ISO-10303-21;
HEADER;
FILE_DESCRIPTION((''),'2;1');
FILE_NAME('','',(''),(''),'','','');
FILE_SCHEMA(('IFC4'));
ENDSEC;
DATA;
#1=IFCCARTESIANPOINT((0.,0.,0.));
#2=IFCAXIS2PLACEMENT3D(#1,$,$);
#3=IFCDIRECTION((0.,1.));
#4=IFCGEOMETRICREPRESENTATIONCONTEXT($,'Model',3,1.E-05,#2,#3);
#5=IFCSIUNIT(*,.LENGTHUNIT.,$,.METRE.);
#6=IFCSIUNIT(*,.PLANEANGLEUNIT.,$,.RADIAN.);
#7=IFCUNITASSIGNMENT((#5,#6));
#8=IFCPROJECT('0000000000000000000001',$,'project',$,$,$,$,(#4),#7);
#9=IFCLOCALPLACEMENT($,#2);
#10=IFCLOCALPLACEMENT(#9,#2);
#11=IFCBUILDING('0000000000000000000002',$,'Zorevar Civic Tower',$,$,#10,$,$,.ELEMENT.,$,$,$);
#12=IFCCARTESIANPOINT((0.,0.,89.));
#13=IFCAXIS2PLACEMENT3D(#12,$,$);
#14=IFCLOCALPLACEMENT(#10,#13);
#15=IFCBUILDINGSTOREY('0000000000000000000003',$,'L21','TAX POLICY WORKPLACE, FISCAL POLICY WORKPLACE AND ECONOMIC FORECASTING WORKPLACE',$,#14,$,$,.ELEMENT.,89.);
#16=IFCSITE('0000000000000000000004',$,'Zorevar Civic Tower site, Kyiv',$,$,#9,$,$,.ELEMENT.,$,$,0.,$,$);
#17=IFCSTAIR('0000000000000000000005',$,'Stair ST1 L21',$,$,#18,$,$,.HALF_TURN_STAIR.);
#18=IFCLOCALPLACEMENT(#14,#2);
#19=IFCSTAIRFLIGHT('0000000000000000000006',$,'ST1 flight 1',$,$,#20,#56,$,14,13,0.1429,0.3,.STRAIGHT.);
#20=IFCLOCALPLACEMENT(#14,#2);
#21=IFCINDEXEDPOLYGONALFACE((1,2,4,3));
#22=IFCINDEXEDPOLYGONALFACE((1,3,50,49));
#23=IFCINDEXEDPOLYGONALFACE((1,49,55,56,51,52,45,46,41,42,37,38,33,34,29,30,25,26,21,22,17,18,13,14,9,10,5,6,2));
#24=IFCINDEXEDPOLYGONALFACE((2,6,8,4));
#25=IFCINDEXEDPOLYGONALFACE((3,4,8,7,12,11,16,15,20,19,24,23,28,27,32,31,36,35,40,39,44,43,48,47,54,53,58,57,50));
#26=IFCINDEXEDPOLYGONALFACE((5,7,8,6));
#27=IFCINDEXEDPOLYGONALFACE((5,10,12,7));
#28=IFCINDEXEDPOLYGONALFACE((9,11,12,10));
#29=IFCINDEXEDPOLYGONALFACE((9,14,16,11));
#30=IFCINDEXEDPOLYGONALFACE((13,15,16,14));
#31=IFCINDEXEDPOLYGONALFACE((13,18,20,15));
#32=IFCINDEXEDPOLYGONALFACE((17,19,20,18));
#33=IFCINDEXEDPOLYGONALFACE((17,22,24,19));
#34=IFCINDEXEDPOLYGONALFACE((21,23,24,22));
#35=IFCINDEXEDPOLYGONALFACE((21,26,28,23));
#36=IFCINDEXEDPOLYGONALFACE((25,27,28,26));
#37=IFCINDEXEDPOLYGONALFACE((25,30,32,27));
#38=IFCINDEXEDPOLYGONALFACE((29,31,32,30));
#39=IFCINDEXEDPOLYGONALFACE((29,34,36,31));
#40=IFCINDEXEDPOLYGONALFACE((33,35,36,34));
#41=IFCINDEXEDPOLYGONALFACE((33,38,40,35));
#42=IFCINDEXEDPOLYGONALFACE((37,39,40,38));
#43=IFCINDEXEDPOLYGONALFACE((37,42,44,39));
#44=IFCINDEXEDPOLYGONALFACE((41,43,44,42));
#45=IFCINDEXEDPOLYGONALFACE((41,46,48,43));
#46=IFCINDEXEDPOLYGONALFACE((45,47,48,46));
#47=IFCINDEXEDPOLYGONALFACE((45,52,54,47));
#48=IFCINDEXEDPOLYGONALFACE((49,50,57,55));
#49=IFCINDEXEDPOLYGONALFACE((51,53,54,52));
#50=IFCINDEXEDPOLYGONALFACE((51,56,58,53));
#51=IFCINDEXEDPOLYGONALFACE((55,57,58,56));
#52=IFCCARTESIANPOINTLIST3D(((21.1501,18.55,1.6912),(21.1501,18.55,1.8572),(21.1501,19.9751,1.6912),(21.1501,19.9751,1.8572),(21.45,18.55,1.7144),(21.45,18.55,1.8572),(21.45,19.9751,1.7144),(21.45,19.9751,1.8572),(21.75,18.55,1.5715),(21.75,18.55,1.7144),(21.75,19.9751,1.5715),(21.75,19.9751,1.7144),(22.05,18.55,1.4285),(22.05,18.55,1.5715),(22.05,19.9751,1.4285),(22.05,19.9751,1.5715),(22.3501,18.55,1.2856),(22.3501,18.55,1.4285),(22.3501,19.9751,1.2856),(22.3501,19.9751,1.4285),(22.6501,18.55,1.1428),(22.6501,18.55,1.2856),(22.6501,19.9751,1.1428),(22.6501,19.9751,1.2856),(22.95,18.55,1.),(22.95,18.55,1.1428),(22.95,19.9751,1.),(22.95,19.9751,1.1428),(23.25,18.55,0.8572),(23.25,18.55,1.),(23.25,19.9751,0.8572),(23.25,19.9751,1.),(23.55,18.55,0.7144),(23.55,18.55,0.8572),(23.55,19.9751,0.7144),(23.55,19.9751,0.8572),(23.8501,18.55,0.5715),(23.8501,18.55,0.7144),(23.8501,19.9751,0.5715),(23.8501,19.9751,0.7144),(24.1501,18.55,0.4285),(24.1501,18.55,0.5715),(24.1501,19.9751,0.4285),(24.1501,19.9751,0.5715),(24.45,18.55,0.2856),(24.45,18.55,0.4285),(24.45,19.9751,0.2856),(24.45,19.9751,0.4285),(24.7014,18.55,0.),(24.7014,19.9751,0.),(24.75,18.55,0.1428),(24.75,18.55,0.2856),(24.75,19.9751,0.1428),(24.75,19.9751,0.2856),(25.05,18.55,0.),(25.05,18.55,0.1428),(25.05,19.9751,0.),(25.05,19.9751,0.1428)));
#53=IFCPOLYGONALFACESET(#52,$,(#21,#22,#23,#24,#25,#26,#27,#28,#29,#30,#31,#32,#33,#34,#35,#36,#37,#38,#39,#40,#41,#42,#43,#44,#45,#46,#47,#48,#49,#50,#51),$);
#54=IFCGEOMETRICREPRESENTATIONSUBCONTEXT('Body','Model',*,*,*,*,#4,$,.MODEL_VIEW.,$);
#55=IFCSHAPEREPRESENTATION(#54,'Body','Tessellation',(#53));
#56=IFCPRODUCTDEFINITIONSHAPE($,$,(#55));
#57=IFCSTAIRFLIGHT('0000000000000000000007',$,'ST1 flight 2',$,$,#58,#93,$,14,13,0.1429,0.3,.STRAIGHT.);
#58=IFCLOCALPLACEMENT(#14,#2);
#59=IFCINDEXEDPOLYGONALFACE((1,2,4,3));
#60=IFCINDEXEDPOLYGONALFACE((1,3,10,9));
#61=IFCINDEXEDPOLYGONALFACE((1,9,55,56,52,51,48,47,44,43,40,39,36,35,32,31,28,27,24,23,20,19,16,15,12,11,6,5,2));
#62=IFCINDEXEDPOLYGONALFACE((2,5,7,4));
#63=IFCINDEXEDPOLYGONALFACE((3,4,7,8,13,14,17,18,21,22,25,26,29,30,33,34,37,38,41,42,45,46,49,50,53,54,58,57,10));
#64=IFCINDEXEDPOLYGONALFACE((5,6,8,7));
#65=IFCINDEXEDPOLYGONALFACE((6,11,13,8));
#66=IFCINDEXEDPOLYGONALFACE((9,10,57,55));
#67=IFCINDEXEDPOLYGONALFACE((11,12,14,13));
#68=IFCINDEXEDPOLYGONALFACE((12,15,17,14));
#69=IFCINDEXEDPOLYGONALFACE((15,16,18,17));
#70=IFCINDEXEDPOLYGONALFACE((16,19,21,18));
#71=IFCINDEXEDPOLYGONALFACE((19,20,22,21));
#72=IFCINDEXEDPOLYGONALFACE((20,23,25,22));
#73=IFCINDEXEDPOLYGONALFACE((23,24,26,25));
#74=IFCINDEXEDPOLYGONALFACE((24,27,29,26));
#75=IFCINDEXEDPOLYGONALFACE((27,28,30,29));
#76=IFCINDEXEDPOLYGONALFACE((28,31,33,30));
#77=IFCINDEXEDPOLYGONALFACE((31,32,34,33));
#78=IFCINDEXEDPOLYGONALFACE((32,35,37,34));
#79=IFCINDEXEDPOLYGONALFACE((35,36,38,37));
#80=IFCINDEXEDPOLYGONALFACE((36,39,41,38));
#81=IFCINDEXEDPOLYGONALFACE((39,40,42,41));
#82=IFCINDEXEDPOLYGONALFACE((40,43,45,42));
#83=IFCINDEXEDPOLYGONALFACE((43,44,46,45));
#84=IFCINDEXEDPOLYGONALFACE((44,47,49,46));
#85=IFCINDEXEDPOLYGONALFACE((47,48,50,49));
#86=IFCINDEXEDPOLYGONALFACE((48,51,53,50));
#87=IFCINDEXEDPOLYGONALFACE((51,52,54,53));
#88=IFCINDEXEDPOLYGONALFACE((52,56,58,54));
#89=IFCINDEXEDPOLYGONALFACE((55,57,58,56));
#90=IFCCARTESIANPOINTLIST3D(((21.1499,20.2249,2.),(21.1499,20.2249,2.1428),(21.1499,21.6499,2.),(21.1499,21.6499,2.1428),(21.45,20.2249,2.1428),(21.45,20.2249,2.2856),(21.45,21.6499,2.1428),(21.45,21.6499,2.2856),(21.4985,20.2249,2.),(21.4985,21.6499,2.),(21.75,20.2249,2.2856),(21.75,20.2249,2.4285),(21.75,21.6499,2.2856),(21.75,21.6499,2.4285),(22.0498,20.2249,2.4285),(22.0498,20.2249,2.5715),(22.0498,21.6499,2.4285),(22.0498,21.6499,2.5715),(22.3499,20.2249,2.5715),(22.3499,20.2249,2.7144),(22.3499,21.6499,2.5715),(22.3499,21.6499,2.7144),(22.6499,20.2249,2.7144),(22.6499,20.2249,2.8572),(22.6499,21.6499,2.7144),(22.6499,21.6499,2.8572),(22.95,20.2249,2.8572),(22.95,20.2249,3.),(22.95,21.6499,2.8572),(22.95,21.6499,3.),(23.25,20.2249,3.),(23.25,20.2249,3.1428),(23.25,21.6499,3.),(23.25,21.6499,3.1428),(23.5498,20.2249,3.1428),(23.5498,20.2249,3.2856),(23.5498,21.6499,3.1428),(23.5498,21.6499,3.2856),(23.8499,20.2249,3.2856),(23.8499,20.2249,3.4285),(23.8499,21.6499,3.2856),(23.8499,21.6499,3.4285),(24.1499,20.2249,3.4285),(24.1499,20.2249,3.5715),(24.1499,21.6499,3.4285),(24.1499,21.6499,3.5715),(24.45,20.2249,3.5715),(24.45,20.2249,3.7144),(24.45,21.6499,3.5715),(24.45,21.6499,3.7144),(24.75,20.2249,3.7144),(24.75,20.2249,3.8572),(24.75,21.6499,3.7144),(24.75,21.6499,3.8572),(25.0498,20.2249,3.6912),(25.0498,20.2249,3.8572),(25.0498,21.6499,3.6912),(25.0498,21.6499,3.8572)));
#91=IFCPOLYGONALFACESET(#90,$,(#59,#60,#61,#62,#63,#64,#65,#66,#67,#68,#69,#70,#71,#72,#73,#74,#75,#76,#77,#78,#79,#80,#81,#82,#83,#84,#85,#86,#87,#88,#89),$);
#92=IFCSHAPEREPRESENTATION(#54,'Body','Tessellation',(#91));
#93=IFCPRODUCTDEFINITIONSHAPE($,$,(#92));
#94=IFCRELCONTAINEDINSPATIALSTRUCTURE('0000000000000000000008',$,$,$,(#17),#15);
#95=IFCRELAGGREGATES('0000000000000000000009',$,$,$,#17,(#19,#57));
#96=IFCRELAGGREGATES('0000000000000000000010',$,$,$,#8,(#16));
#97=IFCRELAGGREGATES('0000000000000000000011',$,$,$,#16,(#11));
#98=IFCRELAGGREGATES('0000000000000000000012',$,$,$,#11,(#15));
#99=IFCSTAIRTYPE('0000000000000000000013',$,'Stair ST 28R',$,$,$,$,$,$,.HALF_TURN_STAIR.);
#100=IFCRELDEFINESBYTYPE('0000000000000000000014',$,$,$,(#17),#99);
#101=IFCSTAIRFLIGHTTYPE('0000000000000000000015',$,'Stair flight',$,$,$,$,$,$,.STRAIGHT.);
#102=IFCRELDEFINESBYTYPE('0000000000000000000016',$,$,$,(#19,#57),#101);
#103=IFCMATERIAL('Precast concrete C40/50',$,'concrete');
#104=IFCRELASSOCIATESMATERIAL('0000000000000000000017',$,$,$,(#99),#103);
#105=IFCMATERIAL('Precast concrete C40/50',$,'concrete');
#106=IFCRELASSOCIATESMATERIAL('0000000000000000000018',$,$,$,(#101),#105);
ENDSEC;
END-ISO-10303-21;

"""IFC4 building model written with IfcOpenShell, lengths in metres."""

from ifc_helpers import new_model, si_unit, direction, frame, origin, place, context, subcontext, project, spatial, polyline, outline, extrude, material, type_object, element, aggregate, save


model = new_model("IFC4")

# Units and contexts
model_context = context("Model", 3, precision=1e-05, world=origin(), true_north=direction((0.0, 1.0)))
body_context = subcontext(model_context, "Body", "Model", "MODEL_VIEW")
ifc_project = project(units=[si_unit("LENGTHUNIT", "METRE"), si_unit("PLANEANGLEUNIT", "RADIAN")], contexts=[model_context])

# Site, building, storey
site_placement = place(None, origin())
site = spatial("IfcSite", under=ifc_project, at=site_placement, Name="Zorevar Civic Tower site, Kyiv", CompositionType="ELEMENT", RefElevation=0.0)
building_placement = place(site_placement, origin())
building = spatial("IfcBuilding", under=site, at=building_placement, Name="Zorevar Civic Tower", CompositionType="ELEMENT")
storey_placement = place(building_placement, frame((0.0, 0.0, 89.0)))
storey = spatial("IfcBuildingStorey", under=building, at=storey_placement, Name="L21", Description="TAX POLICY WORKPLACE, FISCAL POLICY WORKPLACE AND ECONOMIC FORECASTING WORKPLACE", CompositionType="ELEMENT", Elevation=89.0)

# Stair, stair flights
ifc_material_1 = material(Name="Precast concrete C40/50", Category="concrete")
stair_type = type_object("IfcStairType", Name="Stair ST 28R", PredefinedType="HALF_TURN_STAIR", material=ifc_material_1)
stair_placement = place(storey_placement, origin())
stair = element("IfcStair", 1, at=stair_placement, inside=storey, type_object=stair_type, Name="Stair ST1 L21", PredefinedType="HALF_TURN_STAIR")
ifc_material_2 = material(Name="Precast concrete C40/50", Category="concrete")
stair_flight_type = type_object("IfcStairFlightType", Name="Stair flight", PredefinedType="STRAIGHT", material=ifc_material_2)
stair_flight_1_placement = place(storey_placement, frame((25.05, 19.2625, 0.0), z_axis=(0.0, 0.0, 1.0), x_axis=(-1.0, 0.0, 0.0)))
stair_flight_1 = element("IfcStairFlight", 2, at=stair_flight_1_placement, type_object=stair_flight_type, Name="ST1 flight 1", NumberOfRisers=14, NumberOfTreads=13, PredefinedType="STRAIGHT", RiserHeight=0.1429, TreadLength=0.3, context=body_context, shape_type="SweptSolid", body=[
    extrude(outline(polyline([(0.0, 0.0), (0.0, 0.1428), (0.3, 0.1428), (0.3, 0.2856), (0.6001, 0.2856), (0.6001, 0.4285), (0.8999, 0.4285), (0.8999, 0.5715), (1.2, 0.5715), (1.2, 0.7144), (1.5, 0.7144), (1.5, 0.8572), (1.8, 0.8572), (1.8, 1.0), (2.1001, 1.0), (2.1001, 1.1428), (2.3999, 1.1428), (2.3999, 1.2856), (2.7, 1.2856), (2.7, 1.4285), (3.0, 1.4285), (3.0, 1.5715), (3.3, 1.5715), (3.3, 1.7144), (3.6001, 1.7144), (3.6001, 1.8572), (3.8999, 1.8572), (3.8999, 2.0), (3.8999, 1.6912), (0.3486, 0.0), (0.0, 0.0)])), frame((0.0, 0.7124, 0.0), z_axis=(0.0, -1.0, 0.0), x_axis=(1.0, 0.0, 0.0)), (0.0, 0.0, 1.0), 1.425),
])
stair_flight_2_placement = place(storey_placement, frame((21.1499, 20.9375, 2.0), z_axis=(0.0, 0.0, 1.0), x_axis=(1.0, 0.0, 0.0)))
stair_flight_2 = element("IfcStairFlight", 3, at=stair_flight_2_placement, type_object=stair_flight_type, Name="ST1 flight 2", NumberOfRisers=14, NumberOfTreads=13, PredefinedType="STRAIGHT", RiserHeight=0.1429, TreadLength=0.3, context=body_context, shape_type="SweptSolid", body=[
    extrude(outline(polyline([(0.0, 0.0), (0.0, 0.1428), (0.3, 0.1428), (0.3, 0.2856), (0.6001, 0.2856), (0.6001, 0.4285), (0.8999, 0.4285), (0.8999, 0.5715), (1.2, 0.5715), (1.2, 0.7144), (1.5, 0.7144), (1.5, 0.8572), (1.8, 0.8572), (1.8, 1.0), (2.1001, 1.0), (2.1001, 1.1428), (2.3999, 1.1428), (2.3999, 1.2856), (2.7, 1.2856), (2.7, 1.4285), (3.0, 1.4285), (3.0, 1.5715), (3.3, 1.5715), (3.3, 1.7144), (3.6001, 1.7144), (3.6001, 1.8572), (3.8999, 1.8572), (3.8999, 2.0), (3.8999, 1.6912), (0.3486, 0.0), (0.0, 0.0)])), frame((0.0, 0.7124, 0.0), z_axis=(0.0, -1.0, 0.0), x_axis=(1.0, 0.0, 0.0)), (0.0, 0.0, 1.0), 1.425),
])
aggregate(stair, [stair_flight_1, stair_flight_2])

save(model, "model.ifc")
